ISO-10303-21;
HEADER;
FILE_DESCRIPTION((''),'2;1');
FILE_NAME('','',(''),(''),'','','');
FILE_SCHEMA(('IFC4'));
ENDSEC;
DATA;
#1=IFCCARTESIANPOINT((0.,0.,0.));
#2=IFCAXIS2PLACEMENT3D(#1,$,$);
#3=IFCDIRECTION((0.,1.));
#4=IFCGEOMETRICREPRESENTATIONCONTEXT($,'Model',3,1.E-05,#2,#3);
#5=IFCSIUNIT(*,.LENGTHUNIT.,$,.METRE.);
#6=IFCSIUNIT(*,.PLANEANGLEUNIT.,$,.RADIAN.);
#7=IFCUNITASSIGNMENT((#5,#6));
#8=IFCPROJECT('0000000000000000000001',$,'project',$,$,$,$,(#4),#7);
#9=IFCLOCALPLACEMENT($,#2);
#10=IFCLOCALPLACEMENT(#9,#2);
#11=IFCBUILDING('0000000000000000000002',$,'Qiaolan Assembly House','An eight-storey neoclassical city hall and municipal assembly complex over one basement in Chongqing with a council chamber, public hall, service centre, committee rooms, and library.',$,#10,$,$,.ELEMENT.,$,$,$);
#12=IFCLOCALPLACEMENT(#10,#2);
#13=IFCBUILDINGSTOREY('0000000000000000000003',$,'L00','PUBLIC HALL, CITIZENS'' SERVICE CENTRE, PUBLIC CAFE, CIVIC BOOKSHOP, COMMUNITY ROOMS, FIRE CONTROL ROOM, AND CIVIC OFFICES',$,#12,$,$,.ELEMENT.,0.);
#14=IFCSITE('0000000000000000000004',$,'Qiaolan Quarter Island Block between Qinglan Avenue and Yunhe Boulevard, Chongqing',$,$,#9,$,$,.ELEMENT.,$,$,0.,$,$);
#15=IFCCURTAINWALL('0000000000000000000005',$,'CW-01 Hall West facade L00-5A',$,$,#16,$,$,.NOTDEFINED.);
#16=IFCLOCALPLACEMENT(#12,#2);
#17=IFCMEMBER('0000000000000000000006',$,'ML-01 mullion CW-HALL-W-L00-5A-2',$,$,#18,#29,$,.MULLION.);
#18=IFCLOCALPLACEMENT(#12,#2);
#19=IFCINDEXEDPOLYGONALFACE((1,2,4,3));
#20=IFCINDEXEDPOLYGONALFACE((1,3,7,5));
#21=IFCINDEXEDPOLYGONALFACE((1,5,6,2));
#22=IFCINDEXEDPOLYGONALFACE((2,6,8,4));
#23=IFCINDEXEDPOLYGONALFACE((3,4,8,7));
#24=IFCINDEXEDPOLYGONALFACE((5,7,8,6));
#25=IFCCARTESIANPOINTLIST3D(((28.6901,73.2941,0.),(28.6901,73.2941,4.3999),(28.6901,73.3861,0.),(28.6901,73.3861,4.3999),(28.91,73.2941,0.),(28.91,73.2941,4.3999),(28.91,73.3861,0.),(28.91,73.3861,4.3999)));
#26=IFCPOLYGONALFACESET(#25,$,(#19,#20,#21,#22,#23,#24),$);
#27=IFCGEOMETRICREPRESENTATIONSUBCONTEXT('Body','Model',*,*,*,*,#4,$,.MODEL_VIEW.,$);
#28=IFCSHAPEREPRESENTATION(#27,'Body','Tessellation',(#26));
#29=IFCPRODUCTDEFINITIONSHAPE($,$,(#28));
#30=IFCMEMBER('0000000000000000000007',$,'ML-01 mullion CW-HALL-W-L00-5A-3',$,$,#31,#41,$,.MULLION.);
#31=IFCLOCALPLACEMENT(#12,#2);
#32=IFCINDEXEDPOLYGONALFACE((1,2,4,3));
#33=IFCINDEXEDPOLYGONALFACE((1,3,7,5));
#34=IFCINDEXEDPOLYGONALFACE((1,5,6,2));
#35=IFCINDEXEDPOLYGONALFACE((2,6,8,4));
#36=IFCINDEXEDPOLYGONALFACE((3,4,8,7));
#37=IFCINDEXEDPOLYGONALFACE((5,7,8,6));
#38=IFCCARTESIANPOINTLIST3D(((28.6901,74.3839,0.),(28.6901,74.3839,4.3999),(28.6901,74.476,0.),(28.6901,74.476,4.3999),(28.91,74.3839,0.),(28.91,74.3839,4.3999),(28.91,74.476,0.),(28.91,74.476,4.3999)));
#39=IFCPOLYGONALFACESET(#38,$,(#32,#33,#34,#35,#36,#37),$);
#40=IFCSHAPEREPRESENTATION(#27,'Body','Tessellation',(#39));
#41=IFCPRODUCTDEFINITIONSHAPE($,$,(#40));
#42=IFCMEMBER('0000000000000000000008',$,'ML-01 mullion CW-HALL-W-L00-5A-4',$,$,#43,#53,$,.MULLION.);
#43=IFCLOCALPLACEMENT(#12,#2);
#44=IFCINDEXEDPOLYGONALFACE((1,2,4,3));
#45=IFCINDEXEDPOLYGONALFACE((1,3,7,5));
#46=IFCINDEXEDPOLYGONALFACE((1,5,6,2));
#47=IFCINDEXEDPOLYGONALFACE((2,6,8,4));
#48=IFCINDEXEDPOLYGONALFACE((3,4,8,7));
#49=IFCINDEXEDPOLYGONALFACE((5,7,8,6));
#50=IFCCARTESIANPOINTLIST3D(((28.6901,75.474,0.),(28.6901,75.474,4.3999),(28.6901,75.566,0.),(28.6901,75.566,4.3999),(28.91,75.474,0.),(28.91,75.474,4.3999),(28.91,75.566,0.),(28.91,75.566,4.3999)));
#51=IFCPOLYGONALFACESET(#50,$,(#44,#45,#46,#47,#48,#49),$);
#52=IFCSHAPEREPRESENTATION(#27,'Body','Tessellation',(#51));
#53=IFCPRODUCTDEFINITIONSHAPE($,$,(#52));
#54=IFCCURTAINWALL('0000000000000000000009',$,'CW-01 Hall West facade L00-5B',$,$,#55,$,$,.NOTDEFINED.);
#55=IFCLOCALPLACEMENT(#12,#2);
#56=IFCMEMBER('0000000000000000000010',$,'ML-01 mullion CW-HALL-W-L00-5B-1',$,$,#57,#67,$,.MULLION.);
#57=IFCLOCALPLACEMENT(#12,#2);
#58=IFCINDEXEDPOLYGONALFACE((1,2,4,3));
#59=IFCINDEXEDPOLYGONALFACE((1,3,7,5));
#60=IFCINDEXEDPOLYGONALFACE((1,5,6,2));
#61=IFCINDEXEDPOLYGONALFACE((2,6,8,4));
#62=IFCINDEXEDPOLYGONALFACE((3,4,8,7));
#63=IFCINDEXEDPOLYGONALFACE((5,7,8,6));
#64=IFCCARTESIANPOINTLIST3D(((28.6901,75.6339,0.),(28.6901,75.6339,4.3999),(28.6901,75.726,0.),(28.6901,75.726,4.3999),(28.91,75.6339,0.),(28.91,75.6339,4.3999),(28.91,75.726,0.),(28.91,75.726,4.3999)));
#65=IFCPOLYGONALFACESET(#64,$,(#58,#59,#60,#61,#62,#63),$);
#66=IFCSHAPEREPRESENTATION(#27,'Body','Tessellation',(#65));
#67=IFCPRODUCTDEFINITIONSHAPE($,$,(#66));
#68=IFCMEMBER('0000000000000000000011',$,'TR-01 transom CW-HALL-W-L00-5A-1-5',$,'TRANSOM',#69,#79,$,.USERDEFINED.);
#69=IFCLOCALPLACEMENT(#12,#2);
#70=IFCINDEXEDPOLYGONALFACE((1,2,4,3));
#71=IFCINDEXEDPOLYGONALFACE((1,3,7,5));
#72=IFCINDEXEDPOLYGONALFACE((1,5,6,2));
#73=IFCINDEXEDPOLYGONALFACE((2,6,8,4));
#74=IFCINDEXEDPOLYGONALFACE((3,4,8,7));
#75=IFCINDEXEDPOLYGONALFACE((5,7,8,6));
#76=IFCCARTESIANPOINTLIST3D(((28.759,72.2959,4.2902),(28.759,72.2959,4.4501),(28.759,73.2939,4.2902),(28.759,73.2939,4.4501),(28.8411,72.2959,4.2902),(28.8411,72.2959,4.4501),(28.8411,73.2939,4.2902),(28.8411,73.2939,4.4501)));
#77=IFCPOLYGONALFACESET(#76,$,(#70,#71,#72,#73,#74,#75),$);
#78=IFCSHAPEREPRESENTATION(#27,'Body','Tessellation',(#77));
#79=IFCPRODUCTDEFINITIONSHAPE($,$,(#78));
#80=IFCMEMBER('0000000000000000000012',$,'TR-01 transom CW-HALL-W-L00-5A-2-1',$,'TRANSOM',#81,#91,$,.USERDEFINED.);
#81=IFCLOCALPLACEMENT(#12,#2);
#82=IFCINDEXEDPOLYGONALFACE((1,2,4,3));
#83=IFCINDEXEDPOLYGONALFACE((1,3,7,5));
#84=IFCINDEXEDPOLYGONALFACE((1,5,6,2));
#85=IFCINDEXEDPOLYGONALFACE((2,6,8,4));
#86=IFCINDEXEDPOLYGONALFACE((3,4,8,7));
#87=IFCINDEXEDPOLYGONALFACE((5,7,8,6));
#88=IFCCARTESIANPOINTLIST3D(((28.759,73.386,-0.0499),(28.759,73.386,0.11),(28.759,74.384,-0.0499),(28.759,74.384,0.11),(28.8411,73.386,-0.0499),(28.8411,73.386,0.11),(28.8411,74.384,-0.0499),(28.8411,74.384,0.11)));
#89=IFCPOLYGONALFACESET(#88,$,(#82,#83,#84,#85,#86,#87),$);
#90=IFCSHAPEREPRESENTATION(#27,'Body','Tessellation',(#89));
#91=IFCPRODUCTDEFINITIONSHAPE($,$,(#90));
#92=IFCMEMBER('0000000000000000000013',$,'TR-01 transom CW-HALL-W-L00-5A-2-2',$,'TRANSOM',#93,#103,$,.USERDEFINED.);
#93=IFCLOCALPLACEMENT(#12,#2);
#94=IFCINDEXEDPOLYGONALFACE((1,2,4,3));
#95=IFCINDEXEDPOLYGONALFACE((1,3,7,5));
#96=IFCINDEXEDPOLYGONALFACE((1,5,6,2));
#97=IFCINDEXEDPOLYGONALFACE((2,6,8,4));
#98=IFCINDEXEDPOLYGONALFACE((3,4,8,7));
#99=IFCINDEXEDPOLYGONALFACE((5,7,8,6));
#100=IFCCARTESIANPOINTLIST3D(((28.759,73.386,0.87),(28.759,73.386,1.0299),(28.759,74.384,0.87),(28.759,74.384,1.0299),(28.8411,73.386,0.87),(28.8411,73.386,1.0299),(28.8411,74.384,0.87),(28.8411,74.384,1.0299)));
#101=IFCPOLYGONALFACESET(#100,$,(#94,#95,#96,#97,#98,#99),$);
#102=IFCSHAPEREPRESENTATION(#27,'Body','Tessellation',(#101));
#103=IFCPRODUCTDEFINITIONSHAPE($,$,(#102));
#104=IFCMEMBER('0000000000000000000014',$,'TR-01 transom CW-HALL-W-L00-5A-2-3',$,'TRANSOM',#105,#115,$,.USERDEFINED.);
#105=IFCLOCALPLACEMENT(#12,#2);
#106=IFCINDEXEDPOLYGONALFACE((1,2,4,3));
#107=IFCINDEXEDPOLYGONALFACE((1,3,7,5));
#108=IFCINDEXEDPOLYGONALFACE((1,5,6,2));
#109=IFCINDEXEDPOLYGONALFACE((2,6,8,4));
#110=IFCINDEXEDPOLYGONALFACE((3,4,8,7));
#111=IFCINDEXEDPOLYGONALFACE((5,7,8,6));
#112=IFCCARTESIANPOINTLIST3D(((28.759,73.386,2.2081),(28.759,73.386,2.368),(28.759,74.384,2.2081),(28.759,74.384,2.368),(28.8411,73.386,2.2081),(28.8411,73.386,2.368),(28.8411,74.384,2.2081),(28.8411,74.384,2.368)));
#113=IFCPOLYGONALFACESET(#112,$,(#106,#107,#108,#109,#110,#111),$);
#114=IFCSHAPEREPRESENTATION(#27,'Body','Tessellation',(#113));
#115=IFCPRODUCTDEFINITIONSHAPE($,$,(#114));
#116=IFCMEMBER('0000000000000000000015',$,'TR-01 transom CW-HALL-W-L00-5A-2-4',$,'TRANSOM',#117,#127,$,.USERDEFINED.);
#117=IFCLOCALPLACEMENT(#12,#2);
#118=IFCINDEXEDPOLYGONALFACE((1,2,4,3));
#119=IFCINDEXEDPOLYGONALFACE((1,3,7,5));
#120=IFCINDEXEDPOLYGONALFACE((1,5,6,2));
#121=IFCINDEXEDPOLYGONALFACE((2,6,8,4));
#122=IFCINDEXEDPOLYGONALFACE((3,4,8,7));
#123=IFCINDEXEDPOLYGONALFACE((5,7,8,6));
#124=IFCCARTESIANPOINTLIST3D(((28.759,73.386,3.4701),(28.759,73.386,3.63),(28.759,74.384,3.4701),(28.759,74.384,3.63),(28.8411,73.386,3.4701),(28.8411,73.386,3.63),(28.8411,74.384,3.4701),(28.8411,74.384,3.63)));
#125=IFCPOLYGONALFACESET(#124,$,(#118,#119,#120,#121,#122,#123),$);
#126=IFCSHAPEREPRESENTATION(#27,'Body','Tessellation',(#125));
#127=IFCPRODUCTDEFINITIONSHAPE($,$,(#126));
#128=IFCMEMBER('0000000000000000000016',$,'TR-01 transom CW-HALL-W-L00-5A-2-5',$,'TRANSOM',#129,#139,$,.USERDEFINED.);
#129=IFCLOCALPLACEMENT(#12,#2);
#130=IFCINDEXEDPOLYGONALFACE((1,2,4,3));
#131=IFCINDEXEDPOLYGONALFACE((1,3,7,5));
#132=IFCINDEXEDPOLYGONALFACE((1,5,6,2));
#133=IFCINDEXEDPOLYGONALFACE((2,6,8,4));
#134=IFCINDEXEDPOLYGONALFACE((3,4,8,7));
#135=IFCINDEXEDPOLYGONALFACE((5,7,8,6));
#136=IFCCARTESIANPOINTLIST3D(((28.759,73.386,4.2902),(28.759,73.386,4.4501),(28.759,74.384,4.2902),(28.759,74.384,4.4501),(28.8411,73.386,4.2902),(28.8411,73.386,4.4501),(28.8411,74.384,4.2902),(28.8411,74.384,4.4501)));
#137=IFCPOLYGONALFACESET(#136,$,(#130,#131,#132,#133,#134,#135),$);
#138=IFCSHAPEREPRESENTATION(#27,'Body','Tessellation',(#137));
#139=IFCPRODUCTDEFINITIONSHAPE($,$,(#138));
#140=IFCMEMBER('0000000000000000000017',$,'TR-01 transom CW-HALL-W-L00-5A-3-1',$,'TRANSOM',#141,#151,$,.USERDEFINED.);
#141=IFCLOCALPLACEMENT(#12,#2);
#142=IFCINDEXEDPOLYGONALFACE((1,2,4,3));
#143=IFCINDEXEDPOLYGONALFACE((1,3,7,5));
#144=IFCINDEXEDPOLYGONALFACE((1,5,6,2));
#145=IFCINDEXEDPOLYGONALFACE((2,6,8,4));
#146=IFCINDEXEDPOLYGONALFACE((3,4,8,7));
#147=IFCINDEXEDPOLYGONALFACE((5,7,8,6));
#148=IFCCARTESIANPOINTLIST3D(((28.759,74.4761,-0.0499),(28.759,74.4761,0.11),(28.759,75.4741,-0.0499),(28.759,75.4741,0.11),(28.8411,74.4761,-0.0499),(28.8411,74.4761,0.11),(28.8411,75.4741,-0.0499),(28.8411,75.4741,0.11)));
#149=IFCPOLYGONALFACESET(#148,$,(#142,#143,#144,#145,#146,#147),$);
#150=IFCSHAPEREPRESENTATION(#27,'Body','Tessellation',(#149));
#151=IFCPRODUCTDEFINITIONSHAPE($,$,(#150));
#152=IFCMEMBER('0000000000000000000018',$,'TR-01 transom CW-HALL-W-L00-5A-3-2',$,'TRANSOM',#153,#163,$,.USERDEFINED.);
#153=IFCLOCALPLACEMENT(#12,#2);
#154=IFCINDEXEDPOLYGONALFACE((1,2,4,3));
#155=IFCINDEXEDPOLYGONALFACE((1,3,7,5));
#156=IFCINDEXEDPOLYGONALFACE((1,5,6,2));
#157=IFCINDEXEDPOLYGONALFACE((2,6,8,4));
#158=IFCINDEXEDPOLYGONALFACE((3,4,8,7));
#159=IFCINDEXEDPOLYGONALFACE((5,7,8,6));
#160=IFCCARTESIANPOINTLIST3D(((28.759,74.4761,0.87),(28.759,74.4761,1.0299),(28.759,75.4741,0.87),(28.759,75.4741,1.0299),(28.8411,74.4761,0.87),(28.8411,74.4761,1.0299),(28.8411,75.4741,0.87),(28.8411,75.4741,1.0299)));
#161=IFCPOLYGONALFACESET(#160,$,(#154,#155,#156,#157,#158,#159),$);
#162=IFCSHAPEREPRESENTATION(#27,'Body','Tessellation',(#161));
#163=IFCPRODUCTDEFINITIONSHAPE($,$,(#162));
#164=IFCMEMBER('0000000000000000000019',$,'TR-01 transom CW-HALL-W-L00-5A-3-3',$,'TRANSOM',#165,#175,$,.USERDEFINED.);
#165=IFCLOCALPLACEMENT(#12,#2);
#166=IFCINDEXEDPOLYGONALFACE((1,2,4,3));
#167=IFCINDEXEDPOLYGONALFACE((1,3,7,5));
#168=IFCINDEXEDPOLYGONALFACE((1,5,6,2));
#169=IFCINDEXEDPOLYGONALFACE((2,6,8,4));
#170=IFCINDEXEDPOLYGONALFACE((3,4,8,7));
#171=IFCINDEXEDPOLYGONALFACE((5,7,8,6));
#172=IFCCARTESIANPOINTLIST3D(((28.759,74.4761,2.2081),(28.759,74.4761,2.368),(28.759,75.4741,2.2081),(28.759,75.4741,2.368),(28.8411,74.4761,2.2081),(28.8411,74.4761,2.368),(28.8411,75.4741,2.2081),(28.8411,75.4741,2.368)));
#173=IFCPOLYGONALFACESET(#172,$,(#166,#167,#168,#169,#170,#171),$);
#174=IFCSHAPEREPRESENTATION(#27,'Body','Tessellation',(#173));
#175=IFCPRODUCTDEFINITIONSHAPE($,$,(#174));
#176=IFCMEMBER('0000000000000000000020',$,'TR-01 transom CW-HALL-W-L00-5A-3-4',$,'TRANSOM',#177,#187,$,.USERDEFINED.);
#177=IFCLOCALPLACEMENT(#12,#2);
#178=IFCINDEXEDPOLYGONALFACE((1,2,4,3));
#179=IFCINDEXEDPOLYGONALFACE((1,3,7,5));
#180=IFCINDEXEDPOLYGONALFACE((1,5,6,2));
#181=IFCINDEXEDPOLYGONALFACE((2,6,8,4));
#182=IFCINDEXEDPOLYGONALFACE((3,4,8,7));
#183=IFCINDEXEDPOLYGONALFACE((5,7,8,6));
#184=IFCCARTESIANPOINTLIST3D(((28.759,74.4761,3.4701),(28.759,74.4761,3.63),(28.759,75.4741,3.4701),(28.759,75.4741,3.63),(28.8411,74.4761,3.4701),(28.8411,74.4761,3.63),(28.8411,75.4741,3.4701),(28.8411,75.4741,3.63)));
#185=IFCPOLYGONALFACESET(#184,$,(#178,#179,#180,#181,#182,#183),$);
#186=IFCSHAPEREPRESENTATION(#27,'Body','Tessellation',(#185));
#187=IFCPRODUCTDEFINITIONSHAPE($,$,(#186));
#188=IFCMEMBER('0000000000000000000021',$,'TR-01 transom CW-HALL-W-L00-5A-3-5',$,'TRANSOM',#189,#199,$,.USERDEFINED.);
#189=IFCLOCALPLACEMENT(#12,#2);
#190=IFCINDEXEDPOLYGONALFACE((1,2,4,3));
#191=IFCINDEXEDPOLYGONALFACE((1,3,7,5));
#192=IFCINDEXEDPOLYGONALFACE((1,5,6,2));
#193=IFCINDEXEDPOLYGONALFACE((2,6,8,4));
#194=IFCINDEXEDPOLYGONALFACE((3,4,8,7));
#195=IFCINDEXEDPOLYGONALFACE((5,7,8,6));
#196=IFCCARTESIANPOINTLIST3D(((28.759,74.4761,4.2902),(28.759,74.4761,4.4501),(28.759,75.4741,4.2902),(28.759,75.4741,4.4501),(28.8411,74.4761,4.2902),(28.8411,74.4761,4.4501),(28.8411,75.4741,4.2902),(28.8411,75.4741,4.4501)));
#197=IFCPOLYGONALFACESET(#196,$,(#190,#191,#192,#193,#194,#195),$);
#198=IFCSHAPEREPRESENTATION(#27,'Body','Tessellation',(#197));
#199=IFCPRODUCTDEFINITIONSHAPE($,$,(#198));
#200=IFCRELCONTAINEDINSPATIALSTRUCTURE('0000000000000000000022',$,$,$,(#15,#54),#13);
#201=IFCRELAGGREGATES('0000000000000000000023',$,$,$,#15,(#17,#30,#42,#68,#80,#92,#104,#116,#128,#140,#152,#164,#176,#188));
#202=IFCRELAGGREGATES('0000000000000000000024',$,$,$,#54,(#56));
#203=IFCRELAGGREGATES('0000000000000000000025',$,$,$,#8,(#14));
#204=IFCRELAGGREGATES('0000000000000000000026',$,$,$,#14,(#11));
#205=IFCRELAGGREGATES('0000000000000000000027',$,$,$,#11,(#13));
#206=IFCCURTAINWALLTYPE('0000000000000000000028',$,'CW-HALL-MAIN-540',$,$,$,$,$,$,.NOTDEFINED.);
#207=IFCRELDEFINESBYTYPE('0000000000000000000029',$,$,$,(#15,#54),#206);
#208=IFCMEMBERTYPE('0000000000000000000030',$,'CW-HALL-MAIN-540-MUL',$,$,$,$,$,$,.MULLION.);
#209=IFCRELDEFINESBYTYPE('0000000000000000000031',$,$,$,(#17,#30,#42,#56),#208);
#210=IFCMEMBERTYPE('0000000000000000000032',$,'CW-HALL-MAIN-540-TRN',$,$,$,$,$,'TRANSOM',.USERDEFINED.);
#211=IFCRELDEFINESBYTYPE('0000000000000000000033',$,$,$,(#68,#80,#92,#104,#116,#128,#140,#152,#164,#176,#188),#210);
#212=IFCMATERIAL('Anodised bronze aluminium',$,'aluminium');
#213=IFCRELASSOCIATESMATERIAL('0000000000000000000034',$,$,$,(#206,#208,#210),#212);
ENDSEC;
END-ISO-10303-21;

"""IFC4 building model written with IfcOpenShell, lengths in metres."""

from ifc_helpers import new_model, si_unit, direction, frame, origin, origin_2d, place, context, subcontext, project, spatial, rectangle, extrude, material, material_profile, profile_set, type_object, element, aggregate, save


model = new_model("IFC4")

# Units and contexts
model_context = context("Model", 3, precision=1e-05, world=origin(), true_north=direction((0.0, 1.0)))
body_context = subcontext(model_context, "Body", "Model", "MODEL_VIEW")
ifc_project = project(units=[si_unit("LENGTHUNIT", "METRE"), si_unit("PLANEANGLEUNIT", "RADIAN")], contexts=[model_context])

# Site, building, storey
site_placement = place(None, origin())
site = spatial("IfcSite", under=ifc_project, at=site_placement, Name="Qiaolan Quarter Island Block between Qinglan Avenue and Yunhe Boulevard, Chongqing", CompositionType="ELEMENT", RefElevation=0.0)
building_placement = place(site_placement, origin())
building = spatial("IfcBuilding", under=site, at=building_placement, Name="Qiaolan Assembly House", Description="An eight-storey neoclassical city hall and municipal assembly complex over one basement in Chongqing with a council chamber, public hall, service centre, committee rooms, and library.", CompositionType="ELEMENT")
storey_placement = place(building_placement, origin())
storey = spatial("IfcBuildingStorey", under=building, at=storey_placement, Name="L00", Description="PUBLIC HALL, CITIZENS' SERVICE CENTRE, PUBLIC CAFE, CIVIC BOOKSHOP, COMMUNITY ROOMS, FIRE CONTROL ROOM, AND CIVIC OFFICES", CompositionType="ELEMENT", Elevation=0.0)

# Curtain wall, members
ifc_material_1 = material(Name="Anodised bronze aluminium", Category="aluminium")
curtain_wall_type = type_object("IfcCurtainWallType", Name="CW-HALL-MAIN-540", PredefinedType="NOTDEFINED", material=ifc_material_1)
curtain_wall_1_placement = place(storey_placement, origin())
curtain_wall_1 = element("IfcCurtainWall", 1, at=curtain_wall_1_placement, inside=storey, type_object=curtain_wall_type, Name="CW-01 Hall West facade L00-5A", PredefinedType="NOTDEFINED")
ifc_material_profile_1 = material_profile(ifc_material_1, rectangle(XDim=0.092, YDim=0.22, at=origin_2d()), Name="MUL 92x220")
ifc_profile_set_1 = profile_set([ifc_material_profile_1], Name="Anodised bronze aluminium")
member_type_1 = type_object("IfcMemberType", Name="CW-HALL-MAIN-540-MUL", PredefinedType="MULLION", material=ifc_profile_set_1)
member_1_placement = place(storey_placement, frame((28.8, 73.3401, 0.0), z_axis=(0.0, 0.0, 1.0), x_axis=(0.0, 1.0, 0.0)))
member_1 = element("IfcMember", 2, at=member_1_placement, type_object=member_type_1, Name="ML-01 mullion CW-HALL-W-L00-5A-2", PredefinedType="MULLION", context=body_context, shape_type="SweptSolid", body=[
    extrude(rectangle(XDim=0.092, YDim=0.22, at=origin_2d()), origin(), (0.0, 0.0, 1.0), 4.3999),
])
member_2_placement = place(storey_placement, frame((28.8, 74.4299, 0.0), z_axis=(0.0, 0.0, 1.0), x_axis=(0.0, 1.0, 0.0)))
member_2 = element("IfcMember", 3, at=member_2_placement, type_object=member_type_1, Name="ML-01 mullion CW-HALL-W-L00-5A-3", PredefinedType="MULLION", context=body_context, shape_type="SweptSolid", body=[
    extrude(rectangle(XDim=0.092, YDim=0.22, at=origin_2d()), origin(), (0.0, 0.0, 1.0), 4.3999),
])
member_3_placement = place(storey_placement, frame((28.8, 75.52, 0.0), z_axis=(0.0, 0.0, 1.0), x_axis=(0.0, 1.0, 0.0)))
member_3 = element("IfcMember", 4, at=member_3_placement, type_object=member_type_1, Name="ML-01 mullion CW-HALL-W-L00-5A-4", PredefinedType="MULLION", context=body_context, shape_type="SweptSolid", body=[
    extrude(rectangle(XDim=0.092, YDim=0.22, at=origin_2d()), origin(), (0.0, 0.0, 1.0), 4.3999),
])

# Curtain wall, member
curtain_wall_2_placement = place(storey_placement, origin())
curtain_wall_2 = element("IfcCurtainWall", 5, at=curtain_wall_2_placement, inside=storey, type_object=curtain_wall_type, Name="CW-01 Hall West facade L00-5B", PredefinedType="NOTDEFINED")
member_4_placement = place(storey_placement, frame((28.8, 75.6799, 0.0), z_axis=(0.0, 0.0, 1.0), x_axis=(0.0, 1.0, 0.0)))
member_4 = element("IfcMember", 6, at=member_4_placement, type_object=member_type_1, Name="ML-01 mullion CW-HALL-W-L00-5B-1", PredefinedType="MULLION", context=body_context, shape_type="SweptSolid", body=[
    extrude(rectangle(XDim=0.092, YDim=0.22, at=origin_2d()), origin(), (0.0, 0.0, 1.0), 4.3999),
])

# Members
ifc_material_profile_2 = material_profile(ifc_material_1, rectangle(XDim=0.082, YDim=0.1599, at=origin_2d()), Name="TRN 82x160")
ifc_profile_set_2 = profile_set([ifc_material_profile_2], Name="Anodised bronze aluminium")
member_type_2 = type_object("IfcMemberType", Name="CW-HALL-MAIN-540-TRN", ElementType="TRANSOM", PredefinedType="USERDEFINED", material=ifc_profile_set_2)
member_5_placement = place(storey_placement, frame((28.8, 72.2959, 4.3701), z_axis=(0.0, 1.0, 0.0), x_axis=(-1.0, 0.0, 0.0)))
member_5 = element("IfcMember", 7, at=member_5_placement, type_object=member_type_2, Name="TR-01 transom CW-HALL-W-L00-5A-1-5", ObjectType="TRANSOM", PredefinedType="USERDEFINED", context=body_context, shape_type="SweptSolid", body=[
    extrude(rectangle(XDim=0.082, YDim=0.1599, at=origin_2d()), origin(), (0.0, 0.0, 1.0), 0.998),
])
member_6_placement = place(storey_placement, frame((28.8, 73.386, 0.03), z_axis=(0.0, 1.0, 0.0), x_axis=(-1.0, 0.0, 0.0)))
member_6 = element("IfcMember", 8, at=member_6_placement, type_object=member_type_2, Name="TR-01 transom CW-HALL-W-L00-5A-2-1", ObjectType="TRANSOM", PredefinedType="USERDEFINED", context=body_context, shape_type="SweptSolid", body=[
    extrude(rectangle(XDim=0.082, YDim=0.1599, at=origin_2d()), origin(), (0.0, 0.0, 1.0), 0.998),
])
member_7_placement = place(storey_placement, frame((28.8, 73.386, 0.95), z_axis=(0.0, 1.0, 0.0), x_axis=(-1.0, 0.0, 0.0)))
member_7 = element("IfcMember", 9, at=member_7_placement, type_object=member_type_2, Name="TR-01 transom CW-HALL-W-L00-5A-2-2", ObjectType="TRANSOM", PredefinedType="USERDEFINED", context=body_context, shape_type="SweptSolid", body=[
    extrude(rectangle(XDim=0.082, YDim=0.1599, at=origin_2d()), origin(), (0.0, 0.0, 1.0), 0.998),
])
member_8_placement = place(storey_placement, frame((28.8, 73.386, 2.2881), z_axis=(0.0, 1.0, 0.0), x_axis=(-1.0, 0.0, 0.0)))
member_8 = element("IfcMember", 10, at=member_8_placement, type_object=member_type_2, Name="TR-01 transom CW-HALL-W-L00-5A-2-3", ObjectType="TRANSOM", PredefinedType="USERDEFINED", context=body_context, shape_type="SweptSolid", body=[
    extrude(rectangle(XDim=0.082, YDim=0.1599, at=origin_2d()), origin(), (0.0, 0.0, 1.0), 0.998),
])
member_9_placement = place(storey_placement, frame((28.8, 73.386, 3.55), z_axis=(0.0, 1.0, 0.0), x_axis=(-1.0, 0.0, 0.0)))
member_9 = element("IfcMember", 11, at=member_9_placement, type_object=member_type_2, Name="TR-01 transom CW-HALL-W-L00-5A-2-4", ObjectType="TRANSOM", PredefinedType="USERDEFINED", context=body_context, shape_type="SweptSolid", body=[
    extrude(rectangle(XDim=0.082, YDim=0.1599, at=origin_2d()), origin(), (0.0, 0.0, 1.0), 0.998),
])
member_10_placement = place(storey_placement, frame((28.8, 73.386, 4.3701), z_axis=(0.0, 1.0, 0.0), x_axis=(-1.0, 0.0, 0.0)))
member_10 = element("IfcMember", 12, at=member_10_placement, type_object=member_type_2, Name="TR-01 transom CW-HALL-W-L00-5A-2-5", ObjectType="TRANSOM", PredefinedType="USERDEFINED", context=body_context, shape_type="SweptSolid", body=[
    extrude(rectangle(XDim=0.082, YDim=0.1599, at=origin_2d()), origin(), (0.0, 0.0, 1.0), 0.998),
])
member_11_placement = place(storey_placement, frame((28.8, 74.4761, 0.03), z_axis=(0.0, 1.0, 0.0), x_axis=(-1.0, 0.0, 0.0)))
member_11 = element("IfcMember", 13, at=member_11_placement, type_object=member_type_2, Name="TR-01 transom CW-HALL-W-L00-5A-3-1", ObjectType="TRANSOM", PredefinedType="USERDEFINED", context=body_context, shape_type="SweptSolid", body=[
    extrude(rectangle(XDim=0.082, YDim=0.1599, at=origin_2d()), origin(), (0.0, 0.0, 1.0), 0.998),
])
member_12_placement = place(storey_placement, frame((28.8, 74.4761, 0.95), z_axis=(0.0, 1.0, 0.0), x_axis=(-1.0, 0.0, 0.0)))
member_12 = element("IfcMember", 14, at=member_12_placement, type_object=member_type_2, Name="TR-01 transom CW-HALL-W-L00-5A-3-2", ObjectType="TRANSOM", PredefinedType="USERDEFINED", context=body_context, shape_type="SweptSolid", body=[
    extrude(rectangle(XDim=0.082, YDim=0.1599, at=origin_2d()), origin(), (0.0, 0.0, 1.0), 0.998),
])
member_13_placement = place(storey_placement, frame((28.8, 74.4761, 2.2881), z_axis=(0.0, 1.0, 0.0), x_axis=(-1.0, 0.0, 0.0)))
member_13 = element("IfcMember", 15, at=member_13_placement, type_object=member_type_2, Name="TR-01 transom CW-HALL-W-L00-5A-3-3", ObjectType="TRANSOM", PredefinedType="USERDEFINED", context=body_context, shape_type="SweptSolid", body=[
    extrude(rectangle(XDim=0.082, YDim=0.1599, at=origin_2d()), origin(), (0.0, 0.0, 1.0), 0.998),
])
member_14_placement = place(storey_placement, frame((28.8, 74.4761, 3.55), z_axis=(0.0, 1.0, 0.0), x_axis=(-1.0, 0.0, 0.0)))
member_14 = element("IfcMember", 16, at=member_14_placement, type_object=member_type_2, Name="TR-01 transom CW-HALL-W-L00-5A-3-4", ObjectType="TRANSOM", PredefinedType="USERDEFINED", context=body_context, shape_type="SweptSolid", body=[
    extrude(rectangle(XDim=0.082, YDim=0.1599, at=origin_2d()), origin(), (0.0, 0.0, 1.0), 0.998),
])
member_15_placement = place(storey_placement, frame((28.8, 74.4761, 4.3701), z_axis=(0.0, 1.0, 0.0), x_axis=(-1.0, 0.0, 0.0)))
member_15 = element("IfcMember", 17, at=member_15_placement, type_object=member_type_2, Name="TR-01 transom CW-HALL-W-L00-5A-3-5", ObjectType="TRANSOM", PredefinedType="USERDEFINED", context=body_context, shape_type="SweptSolid", body=[
    extrude(rectangle(XDim=0.082, YDim=0.1599, at=origin_2d()), origin(), (0.0, 0.0, 1.0), 0.998),
])

aggregate(curtain_wall_1, [member_1, member_2, member_3, member_5, member_6, member_7, member_8, member_9, member_10, member_11, member_12, member_13, member_14, member_15])
aggregate(curtain_wall_2, [member_4])

save(model, "model.ifc")
